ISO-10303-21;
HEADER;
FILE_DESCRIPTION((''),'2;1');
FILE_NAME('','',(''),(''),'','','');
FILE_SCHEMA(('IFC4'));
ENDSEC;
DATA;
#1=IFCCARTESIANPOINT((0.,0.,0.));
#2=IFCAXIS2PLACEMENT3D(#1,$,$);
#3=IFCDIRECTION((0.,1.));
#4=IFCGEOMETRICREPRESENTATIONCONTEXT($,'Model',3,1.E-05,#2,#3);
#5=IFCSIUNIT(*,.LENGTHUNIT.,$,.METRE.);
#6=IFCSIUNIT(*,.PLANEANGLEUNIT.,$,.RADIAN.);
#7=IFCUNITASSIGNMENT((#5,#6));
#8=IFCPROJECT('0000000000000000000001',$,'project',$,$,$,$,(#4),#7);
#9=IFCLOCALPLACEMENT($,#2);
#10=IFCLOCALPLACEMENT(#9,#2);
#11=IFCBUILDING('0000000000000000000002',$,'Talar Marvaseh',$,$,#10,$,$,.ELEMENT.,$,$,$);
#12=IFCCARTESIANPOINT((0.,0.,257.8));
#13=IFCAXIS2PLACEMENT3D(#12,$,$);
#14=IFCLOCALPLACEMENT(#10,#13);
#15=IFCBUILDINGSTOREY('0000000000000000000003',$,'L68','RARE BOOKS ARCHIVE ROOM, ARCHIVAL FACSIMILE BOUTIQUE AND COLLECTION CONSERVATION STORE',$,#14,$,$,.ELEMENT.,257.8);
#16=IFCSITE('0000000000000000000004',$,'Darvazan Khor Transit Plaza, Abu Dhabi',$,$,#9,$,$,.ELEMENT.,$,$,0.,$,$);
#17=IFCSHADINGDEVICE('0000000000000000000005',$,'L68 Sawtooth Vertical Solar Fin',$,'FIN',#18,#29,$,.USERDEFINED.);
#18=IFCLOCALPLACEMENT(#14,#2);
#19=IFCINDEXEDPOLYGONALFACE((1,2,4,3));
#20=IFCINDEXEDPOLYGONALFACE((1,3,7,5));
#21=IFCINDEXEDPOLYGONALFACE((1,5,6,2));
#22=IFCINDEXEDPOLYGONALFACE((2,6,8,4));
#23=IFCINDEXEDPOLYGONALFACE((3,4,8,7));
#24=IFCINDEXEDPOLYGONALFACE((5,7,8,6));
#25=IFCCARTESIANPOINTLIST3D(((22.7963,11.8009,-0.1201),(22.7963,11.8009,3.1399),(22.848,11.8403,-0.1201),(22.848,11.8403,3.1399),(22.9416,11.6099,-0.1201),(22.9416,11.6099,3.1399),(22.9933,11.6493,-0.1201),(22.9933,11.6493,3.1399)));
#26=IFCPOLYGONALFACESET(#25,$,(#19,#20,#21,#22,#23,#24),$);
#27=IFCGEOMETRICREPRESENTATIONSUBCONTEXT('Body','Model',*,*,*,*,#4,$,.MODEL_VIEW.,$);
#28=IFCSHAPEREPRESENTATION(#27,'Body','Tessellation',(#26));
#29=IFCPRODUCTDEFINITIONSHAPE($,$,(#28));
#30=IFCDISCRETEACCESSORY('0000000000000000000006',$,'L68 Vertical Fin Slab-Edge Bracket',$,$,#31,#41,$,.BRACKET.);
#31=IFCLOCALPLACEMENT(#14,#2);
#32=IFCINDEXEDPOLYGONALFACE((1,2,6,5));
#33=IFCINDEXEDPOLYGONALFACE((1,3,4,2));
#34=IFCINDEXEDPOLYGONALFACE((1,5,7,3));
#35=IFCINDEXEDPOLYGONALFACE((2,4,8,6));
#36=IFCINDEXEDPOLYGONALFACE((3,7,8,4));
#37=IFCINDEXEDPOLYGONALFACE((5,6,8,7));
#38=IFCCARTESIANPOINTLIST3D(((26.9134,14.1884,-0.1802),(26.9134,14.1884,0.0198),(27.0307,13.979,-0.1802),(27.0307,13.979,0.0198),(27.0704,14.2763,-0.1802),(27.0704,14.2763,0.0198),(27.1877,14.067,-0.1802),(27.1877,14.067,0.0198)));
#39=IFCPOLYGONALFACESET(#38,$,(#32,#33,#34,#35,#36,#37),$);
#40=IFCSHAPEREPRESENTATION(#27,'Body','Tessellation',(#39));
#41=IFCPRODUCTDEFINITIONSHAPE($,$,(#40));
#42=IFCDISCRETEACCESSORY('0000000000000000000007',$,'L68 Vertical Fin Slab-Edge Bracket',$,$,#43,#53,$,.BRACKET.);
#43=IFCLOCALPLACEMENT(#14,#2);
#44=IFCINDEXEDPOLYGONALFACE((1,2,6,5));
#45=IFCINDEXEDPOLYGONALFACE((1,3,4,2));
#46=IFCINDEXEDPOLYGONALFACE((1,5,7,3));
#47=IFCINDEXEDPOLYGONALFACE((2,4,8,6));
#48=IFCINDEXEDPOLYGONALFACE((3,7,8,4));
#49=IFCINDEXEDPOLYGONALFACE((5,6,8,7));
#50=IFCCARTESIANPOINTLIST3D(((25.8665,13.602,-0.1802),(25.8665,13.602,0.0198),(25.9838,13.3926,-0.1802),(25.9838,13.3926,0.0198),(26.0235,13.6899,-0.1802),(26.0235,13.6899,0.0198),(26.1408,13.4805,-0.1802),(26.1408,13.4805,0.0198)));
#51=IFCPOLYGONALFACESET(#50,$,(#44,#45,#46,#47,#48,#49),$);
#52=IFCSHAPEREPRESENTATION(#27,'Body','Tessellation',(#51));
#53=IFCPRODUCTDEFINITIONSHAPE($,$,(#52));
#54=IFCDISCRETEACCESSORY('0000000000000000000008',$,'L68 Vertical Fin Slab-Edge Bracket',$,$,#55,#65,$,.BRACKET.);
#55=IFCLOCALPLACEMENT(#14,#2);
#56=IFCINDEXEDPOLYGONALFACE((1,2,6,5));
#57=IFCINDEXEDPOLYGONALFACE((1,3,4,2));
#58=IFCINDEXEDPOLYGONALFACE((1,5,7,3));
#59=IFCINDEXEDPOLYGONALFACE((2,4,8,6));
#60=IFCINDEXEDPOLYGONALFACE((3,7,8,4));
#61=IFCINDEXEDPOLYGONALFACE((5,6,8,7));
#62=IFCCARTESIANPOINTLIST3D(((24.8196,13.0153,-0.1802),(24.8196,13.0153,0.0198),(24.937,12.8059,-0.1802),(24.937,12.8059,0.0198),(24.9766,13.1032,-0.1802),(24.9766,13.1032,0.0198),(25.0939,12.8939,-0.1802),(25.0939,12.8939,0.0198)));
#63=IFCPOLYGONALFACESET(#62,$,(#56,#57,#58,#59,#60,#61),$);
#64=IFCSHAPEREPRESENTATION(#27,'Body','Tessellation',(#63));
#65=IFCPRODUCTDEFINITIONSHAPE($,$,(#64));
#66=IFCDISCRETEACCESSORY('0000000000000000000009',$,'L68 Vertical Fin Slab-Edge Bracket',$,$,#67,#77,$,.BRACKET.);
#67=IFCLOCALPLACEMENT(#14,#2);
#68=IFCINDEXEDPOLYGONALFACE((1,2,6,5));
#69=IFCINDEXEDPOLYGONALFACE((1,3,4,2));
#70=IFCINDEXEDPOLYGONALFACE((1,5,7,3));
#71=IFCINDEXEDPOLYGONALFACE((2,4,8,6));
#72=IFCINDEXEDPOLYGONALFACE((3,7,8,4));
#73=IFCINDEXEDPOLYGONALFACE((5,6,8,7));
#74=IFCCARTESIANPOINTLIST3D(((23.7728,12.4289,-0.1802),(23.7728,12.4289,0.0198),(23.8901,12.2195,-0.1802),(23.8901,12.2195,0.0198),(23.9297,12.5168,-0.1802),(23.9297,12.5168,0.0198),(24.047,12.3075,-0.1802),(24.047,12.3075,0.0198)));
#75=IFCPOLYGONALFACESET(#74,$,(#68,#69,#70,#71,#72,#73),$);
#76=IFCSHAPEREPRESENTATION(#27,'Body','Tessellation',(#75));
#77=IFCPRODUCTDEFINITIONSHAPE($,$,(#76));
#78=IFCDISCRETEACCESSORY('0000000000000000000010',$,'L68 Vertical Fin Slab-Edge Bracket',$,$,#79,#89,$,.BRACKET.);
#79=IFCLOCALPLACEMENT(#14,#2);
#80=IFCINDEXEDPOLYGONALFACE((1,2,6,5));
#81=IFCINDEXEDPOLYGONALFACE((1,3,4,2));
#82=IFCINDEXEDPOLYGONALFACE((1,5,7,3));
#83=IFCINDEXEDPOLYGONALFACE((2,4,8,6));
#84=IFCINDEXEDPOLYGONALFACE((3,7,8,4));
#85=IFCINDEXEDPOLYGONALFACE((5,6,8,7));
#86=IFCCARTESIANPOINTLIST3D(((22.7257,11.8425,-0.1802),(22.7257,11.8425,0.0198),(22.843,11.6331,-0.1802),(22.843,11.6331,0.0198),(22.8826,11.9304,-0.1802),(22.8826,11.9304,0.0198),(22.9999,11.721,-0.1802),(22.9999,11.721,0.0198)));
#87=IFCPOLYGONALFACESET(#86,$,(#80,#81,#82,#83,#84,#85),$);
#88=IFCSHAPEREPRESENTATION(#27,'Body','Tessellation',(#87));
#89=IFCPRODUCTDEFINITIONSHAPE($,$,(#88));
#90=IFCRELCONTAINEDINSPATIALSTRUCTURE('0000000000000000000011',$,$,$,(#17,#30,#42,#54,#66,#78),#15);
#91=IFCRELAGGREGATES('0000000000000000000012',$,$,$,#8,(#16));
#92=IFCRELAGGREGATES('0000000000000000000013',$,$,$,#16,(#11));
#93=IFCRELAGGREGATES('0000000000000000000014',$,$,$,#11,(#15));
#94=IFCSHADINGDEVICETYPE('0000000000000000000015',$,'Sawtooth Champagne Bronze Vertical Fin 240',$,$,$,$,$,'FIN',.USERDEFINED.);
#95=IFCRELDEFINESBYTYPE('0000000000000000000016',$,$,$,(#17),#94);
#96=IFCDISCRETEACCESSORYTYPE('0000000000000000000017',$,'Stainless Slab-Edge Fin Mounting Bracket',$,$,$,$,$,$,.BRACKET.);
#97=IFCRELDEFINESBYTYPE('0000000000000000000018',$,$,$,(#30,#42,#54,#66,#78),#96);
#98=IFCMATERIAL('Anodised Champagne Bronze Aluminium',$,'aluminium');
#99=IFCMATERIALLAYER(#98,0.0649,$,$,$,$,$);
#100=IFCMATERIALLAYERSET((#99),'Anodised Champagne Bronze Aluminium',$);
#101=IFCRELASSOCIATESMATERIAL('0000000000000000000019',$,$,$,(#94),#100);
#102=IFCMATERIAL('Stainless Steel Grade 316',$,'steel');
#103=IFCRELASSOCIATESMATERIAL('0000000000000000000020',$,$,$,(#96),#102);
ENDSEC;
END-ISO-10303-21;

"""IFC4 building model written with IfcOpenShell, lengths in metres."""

from ifc_helpers import new_model, si_unit, direction, frame, origin, origin_2d, place, context, subcontext, project, spatial, rectangle, extrude, source, transform, mapped, material, layer, layer_set, type_object, type_shapes, element, save


model = new_model("IFC4")

# Units and contexts
model_context = context("Model", 3, precision=1e-05, world=origin(), true_north=direction((0.0, 1.0)))
body_context = subcontext(model_context, "Body", "Model", "MODEL_VIEW")
ifc_project = project(units=[si_unit("LENGTHUNIT", "METRE"), si_unit("PLANEANGLEUNIT", "RADIAN")], contexts=[model_context])

# Site, building, storey
site_placement = place(None, origin())
site = spatial("IfcSite", under=ifc_project, at=site_placement, Name="Darvazan Khor Transit Plaza, Abu Dhabi", CompositionType="ELEMENT", RefElevation=0.0)
building_placement = place(site_placement, origin())
building = spatial("IfcBuilding", under=site, at=building_placement, Name="Talar Marvaseh", CompositionType="ELEMENT")
storey_placement = place(building_placement, frame((0.0, 0.0, 257.8)))
storey = spatial("IfcBuildingStorey", under=building, at=storey_placement, Name="L68", Description="RARE BOOKS ARCHIVE ROOM, ARCHIVAL FACSIMILE BOUTIQUE AND COLLECTION CONSERVATION STORE", CompositionType="ELEMENT", Elevation=257.8)

# Shading device
ifc_material_1 = material(Name="Anodised Champagne Bronze Aluminium", Category="aluminium")
ifc_layer_1 = layer(ifc_material_1, 0.0649)
ifc_layer_set_1 = layer_set([ifc_layer_1], Name="Anodised Champagne Bronze Aluminium")
shading_device_type = type_object("IfcShadingDeviceType", Name="Sawtooth Champagne Bronze Vertical Fin 240", ElementType="FIN", PredefinedType="USERDEFINED", material=ifc_layer_set_1)
shared_shape_1 = source(origin(), body_context, "Body", "SweptSolid", [
    extrude(rectangle(XDim=0.24, YDim=0.0649, at=origin_2d()), origin(), (0.0, 0.0, 1.0), 3.26),
])
type_shapes(shading_device_type, [shared_shape_1])
for number, where, z_axis, x_axis, name in (
    (1, (22.8948, 11.7251, -0.1201), (0.0, 0.0, 1.0), (0.605433, -0.795896, 0.0), "L68 Sawtooth Vertical Solar Fin"),
):
    element("IfcShadingDevice", number, at=place(storey_placement, frame(where, z_axis=z_axis, x_axis=x_axis)), inside=storey, type_object=shading_device_type, Name=name, ObjectType="FIN", PredefinedType="USERDEFINED", context=body_context, shape_type="MappedRepresentation", body=[
        mapped(shared_shape_1, transform((0.0, 0.0, 0.0), x_axis=(1.0, 0.0, 0.0), y_axis=(0.0, 1.0, 0.0), z_axis=(0.0, 0.0, 1.0), scale=1.0)),
    ])

# Discrete accessories
ifc_material_2 = material(Name="Stainless Steel Grade 316", Category="steel")
discrete_accessory_type = type_object("IfcDiscreteAccessoryType", Name="Stainless Slab-Edge Fin Mounting Bracket", PredefinedType="BRACKET", material=ifc_material_2)
shared_shape_2 = source(origin(), body_context, "Body", "SweptSolid", [
    extrude(rectangle(XDim=0.24, YDim=0.1799, at=origin_2d()), origin(), (0.0, 0.0, 1.0), 0.2),
])
type_shapes(discrete_accessory_type, [shared_shape_2])
for number, where, z_axis, x_axis, name in (
    (2, (27.0505, 14.1277, -0.1802), (0.0, 0.0, 1.0), (0.488774, -0.872411, 0.0), "L68 Vertical Fin Slab-Edge Bracket"),
    (3, (26.0037, 13.5413, -0.1802), (0.0, 0.0, 1.0), (0.488774, -0.872411, 0.0), "L68 Vertical Fin Slab-Edge Bracket"),
    (4, (24.9568, 12.9546, -0.1802), (0.0, 0.0, 1.0), (0.488774, -0.872411, 0.0), "L68 Vertical Fin Slab-Edge Bracket"),
    (5, (23.9099, 12.3682, -0.1802), (0.0, 0.0, 1.0), (0.488774, -0.872411, 0.0), "L68 Vertical Fin Slab-Edge Bracket"),
    (6, (22.8628, 11.7817, -0.1802), (0.0, 0.0, 1.0), (0.488774, -0.872411, 0.0), "L68 Vertical Fin Slab-Edge Bracket"),
):
    element("IfcDiscreteAccessory", number, at=place(storey_placement, frame(where, z_axis=z_axis, x_axis=x_axis)), inside=storey, type_object=discrete_accessory_type, Name=name, PredefinedType="BRACKET", context=body_context, shape_type="MappedRepresentation", body=[
        mapped(shared_shape_2, transform((0.0, 0.0, 0.0), x_axis=(1.0, 0.0, 0.0), y_axis=(0.0, 1.0, 0.0), z_axis=(0.0, 0.0, 1.0), scale=1.0)),
    ])

save(model, "model.ifc")
